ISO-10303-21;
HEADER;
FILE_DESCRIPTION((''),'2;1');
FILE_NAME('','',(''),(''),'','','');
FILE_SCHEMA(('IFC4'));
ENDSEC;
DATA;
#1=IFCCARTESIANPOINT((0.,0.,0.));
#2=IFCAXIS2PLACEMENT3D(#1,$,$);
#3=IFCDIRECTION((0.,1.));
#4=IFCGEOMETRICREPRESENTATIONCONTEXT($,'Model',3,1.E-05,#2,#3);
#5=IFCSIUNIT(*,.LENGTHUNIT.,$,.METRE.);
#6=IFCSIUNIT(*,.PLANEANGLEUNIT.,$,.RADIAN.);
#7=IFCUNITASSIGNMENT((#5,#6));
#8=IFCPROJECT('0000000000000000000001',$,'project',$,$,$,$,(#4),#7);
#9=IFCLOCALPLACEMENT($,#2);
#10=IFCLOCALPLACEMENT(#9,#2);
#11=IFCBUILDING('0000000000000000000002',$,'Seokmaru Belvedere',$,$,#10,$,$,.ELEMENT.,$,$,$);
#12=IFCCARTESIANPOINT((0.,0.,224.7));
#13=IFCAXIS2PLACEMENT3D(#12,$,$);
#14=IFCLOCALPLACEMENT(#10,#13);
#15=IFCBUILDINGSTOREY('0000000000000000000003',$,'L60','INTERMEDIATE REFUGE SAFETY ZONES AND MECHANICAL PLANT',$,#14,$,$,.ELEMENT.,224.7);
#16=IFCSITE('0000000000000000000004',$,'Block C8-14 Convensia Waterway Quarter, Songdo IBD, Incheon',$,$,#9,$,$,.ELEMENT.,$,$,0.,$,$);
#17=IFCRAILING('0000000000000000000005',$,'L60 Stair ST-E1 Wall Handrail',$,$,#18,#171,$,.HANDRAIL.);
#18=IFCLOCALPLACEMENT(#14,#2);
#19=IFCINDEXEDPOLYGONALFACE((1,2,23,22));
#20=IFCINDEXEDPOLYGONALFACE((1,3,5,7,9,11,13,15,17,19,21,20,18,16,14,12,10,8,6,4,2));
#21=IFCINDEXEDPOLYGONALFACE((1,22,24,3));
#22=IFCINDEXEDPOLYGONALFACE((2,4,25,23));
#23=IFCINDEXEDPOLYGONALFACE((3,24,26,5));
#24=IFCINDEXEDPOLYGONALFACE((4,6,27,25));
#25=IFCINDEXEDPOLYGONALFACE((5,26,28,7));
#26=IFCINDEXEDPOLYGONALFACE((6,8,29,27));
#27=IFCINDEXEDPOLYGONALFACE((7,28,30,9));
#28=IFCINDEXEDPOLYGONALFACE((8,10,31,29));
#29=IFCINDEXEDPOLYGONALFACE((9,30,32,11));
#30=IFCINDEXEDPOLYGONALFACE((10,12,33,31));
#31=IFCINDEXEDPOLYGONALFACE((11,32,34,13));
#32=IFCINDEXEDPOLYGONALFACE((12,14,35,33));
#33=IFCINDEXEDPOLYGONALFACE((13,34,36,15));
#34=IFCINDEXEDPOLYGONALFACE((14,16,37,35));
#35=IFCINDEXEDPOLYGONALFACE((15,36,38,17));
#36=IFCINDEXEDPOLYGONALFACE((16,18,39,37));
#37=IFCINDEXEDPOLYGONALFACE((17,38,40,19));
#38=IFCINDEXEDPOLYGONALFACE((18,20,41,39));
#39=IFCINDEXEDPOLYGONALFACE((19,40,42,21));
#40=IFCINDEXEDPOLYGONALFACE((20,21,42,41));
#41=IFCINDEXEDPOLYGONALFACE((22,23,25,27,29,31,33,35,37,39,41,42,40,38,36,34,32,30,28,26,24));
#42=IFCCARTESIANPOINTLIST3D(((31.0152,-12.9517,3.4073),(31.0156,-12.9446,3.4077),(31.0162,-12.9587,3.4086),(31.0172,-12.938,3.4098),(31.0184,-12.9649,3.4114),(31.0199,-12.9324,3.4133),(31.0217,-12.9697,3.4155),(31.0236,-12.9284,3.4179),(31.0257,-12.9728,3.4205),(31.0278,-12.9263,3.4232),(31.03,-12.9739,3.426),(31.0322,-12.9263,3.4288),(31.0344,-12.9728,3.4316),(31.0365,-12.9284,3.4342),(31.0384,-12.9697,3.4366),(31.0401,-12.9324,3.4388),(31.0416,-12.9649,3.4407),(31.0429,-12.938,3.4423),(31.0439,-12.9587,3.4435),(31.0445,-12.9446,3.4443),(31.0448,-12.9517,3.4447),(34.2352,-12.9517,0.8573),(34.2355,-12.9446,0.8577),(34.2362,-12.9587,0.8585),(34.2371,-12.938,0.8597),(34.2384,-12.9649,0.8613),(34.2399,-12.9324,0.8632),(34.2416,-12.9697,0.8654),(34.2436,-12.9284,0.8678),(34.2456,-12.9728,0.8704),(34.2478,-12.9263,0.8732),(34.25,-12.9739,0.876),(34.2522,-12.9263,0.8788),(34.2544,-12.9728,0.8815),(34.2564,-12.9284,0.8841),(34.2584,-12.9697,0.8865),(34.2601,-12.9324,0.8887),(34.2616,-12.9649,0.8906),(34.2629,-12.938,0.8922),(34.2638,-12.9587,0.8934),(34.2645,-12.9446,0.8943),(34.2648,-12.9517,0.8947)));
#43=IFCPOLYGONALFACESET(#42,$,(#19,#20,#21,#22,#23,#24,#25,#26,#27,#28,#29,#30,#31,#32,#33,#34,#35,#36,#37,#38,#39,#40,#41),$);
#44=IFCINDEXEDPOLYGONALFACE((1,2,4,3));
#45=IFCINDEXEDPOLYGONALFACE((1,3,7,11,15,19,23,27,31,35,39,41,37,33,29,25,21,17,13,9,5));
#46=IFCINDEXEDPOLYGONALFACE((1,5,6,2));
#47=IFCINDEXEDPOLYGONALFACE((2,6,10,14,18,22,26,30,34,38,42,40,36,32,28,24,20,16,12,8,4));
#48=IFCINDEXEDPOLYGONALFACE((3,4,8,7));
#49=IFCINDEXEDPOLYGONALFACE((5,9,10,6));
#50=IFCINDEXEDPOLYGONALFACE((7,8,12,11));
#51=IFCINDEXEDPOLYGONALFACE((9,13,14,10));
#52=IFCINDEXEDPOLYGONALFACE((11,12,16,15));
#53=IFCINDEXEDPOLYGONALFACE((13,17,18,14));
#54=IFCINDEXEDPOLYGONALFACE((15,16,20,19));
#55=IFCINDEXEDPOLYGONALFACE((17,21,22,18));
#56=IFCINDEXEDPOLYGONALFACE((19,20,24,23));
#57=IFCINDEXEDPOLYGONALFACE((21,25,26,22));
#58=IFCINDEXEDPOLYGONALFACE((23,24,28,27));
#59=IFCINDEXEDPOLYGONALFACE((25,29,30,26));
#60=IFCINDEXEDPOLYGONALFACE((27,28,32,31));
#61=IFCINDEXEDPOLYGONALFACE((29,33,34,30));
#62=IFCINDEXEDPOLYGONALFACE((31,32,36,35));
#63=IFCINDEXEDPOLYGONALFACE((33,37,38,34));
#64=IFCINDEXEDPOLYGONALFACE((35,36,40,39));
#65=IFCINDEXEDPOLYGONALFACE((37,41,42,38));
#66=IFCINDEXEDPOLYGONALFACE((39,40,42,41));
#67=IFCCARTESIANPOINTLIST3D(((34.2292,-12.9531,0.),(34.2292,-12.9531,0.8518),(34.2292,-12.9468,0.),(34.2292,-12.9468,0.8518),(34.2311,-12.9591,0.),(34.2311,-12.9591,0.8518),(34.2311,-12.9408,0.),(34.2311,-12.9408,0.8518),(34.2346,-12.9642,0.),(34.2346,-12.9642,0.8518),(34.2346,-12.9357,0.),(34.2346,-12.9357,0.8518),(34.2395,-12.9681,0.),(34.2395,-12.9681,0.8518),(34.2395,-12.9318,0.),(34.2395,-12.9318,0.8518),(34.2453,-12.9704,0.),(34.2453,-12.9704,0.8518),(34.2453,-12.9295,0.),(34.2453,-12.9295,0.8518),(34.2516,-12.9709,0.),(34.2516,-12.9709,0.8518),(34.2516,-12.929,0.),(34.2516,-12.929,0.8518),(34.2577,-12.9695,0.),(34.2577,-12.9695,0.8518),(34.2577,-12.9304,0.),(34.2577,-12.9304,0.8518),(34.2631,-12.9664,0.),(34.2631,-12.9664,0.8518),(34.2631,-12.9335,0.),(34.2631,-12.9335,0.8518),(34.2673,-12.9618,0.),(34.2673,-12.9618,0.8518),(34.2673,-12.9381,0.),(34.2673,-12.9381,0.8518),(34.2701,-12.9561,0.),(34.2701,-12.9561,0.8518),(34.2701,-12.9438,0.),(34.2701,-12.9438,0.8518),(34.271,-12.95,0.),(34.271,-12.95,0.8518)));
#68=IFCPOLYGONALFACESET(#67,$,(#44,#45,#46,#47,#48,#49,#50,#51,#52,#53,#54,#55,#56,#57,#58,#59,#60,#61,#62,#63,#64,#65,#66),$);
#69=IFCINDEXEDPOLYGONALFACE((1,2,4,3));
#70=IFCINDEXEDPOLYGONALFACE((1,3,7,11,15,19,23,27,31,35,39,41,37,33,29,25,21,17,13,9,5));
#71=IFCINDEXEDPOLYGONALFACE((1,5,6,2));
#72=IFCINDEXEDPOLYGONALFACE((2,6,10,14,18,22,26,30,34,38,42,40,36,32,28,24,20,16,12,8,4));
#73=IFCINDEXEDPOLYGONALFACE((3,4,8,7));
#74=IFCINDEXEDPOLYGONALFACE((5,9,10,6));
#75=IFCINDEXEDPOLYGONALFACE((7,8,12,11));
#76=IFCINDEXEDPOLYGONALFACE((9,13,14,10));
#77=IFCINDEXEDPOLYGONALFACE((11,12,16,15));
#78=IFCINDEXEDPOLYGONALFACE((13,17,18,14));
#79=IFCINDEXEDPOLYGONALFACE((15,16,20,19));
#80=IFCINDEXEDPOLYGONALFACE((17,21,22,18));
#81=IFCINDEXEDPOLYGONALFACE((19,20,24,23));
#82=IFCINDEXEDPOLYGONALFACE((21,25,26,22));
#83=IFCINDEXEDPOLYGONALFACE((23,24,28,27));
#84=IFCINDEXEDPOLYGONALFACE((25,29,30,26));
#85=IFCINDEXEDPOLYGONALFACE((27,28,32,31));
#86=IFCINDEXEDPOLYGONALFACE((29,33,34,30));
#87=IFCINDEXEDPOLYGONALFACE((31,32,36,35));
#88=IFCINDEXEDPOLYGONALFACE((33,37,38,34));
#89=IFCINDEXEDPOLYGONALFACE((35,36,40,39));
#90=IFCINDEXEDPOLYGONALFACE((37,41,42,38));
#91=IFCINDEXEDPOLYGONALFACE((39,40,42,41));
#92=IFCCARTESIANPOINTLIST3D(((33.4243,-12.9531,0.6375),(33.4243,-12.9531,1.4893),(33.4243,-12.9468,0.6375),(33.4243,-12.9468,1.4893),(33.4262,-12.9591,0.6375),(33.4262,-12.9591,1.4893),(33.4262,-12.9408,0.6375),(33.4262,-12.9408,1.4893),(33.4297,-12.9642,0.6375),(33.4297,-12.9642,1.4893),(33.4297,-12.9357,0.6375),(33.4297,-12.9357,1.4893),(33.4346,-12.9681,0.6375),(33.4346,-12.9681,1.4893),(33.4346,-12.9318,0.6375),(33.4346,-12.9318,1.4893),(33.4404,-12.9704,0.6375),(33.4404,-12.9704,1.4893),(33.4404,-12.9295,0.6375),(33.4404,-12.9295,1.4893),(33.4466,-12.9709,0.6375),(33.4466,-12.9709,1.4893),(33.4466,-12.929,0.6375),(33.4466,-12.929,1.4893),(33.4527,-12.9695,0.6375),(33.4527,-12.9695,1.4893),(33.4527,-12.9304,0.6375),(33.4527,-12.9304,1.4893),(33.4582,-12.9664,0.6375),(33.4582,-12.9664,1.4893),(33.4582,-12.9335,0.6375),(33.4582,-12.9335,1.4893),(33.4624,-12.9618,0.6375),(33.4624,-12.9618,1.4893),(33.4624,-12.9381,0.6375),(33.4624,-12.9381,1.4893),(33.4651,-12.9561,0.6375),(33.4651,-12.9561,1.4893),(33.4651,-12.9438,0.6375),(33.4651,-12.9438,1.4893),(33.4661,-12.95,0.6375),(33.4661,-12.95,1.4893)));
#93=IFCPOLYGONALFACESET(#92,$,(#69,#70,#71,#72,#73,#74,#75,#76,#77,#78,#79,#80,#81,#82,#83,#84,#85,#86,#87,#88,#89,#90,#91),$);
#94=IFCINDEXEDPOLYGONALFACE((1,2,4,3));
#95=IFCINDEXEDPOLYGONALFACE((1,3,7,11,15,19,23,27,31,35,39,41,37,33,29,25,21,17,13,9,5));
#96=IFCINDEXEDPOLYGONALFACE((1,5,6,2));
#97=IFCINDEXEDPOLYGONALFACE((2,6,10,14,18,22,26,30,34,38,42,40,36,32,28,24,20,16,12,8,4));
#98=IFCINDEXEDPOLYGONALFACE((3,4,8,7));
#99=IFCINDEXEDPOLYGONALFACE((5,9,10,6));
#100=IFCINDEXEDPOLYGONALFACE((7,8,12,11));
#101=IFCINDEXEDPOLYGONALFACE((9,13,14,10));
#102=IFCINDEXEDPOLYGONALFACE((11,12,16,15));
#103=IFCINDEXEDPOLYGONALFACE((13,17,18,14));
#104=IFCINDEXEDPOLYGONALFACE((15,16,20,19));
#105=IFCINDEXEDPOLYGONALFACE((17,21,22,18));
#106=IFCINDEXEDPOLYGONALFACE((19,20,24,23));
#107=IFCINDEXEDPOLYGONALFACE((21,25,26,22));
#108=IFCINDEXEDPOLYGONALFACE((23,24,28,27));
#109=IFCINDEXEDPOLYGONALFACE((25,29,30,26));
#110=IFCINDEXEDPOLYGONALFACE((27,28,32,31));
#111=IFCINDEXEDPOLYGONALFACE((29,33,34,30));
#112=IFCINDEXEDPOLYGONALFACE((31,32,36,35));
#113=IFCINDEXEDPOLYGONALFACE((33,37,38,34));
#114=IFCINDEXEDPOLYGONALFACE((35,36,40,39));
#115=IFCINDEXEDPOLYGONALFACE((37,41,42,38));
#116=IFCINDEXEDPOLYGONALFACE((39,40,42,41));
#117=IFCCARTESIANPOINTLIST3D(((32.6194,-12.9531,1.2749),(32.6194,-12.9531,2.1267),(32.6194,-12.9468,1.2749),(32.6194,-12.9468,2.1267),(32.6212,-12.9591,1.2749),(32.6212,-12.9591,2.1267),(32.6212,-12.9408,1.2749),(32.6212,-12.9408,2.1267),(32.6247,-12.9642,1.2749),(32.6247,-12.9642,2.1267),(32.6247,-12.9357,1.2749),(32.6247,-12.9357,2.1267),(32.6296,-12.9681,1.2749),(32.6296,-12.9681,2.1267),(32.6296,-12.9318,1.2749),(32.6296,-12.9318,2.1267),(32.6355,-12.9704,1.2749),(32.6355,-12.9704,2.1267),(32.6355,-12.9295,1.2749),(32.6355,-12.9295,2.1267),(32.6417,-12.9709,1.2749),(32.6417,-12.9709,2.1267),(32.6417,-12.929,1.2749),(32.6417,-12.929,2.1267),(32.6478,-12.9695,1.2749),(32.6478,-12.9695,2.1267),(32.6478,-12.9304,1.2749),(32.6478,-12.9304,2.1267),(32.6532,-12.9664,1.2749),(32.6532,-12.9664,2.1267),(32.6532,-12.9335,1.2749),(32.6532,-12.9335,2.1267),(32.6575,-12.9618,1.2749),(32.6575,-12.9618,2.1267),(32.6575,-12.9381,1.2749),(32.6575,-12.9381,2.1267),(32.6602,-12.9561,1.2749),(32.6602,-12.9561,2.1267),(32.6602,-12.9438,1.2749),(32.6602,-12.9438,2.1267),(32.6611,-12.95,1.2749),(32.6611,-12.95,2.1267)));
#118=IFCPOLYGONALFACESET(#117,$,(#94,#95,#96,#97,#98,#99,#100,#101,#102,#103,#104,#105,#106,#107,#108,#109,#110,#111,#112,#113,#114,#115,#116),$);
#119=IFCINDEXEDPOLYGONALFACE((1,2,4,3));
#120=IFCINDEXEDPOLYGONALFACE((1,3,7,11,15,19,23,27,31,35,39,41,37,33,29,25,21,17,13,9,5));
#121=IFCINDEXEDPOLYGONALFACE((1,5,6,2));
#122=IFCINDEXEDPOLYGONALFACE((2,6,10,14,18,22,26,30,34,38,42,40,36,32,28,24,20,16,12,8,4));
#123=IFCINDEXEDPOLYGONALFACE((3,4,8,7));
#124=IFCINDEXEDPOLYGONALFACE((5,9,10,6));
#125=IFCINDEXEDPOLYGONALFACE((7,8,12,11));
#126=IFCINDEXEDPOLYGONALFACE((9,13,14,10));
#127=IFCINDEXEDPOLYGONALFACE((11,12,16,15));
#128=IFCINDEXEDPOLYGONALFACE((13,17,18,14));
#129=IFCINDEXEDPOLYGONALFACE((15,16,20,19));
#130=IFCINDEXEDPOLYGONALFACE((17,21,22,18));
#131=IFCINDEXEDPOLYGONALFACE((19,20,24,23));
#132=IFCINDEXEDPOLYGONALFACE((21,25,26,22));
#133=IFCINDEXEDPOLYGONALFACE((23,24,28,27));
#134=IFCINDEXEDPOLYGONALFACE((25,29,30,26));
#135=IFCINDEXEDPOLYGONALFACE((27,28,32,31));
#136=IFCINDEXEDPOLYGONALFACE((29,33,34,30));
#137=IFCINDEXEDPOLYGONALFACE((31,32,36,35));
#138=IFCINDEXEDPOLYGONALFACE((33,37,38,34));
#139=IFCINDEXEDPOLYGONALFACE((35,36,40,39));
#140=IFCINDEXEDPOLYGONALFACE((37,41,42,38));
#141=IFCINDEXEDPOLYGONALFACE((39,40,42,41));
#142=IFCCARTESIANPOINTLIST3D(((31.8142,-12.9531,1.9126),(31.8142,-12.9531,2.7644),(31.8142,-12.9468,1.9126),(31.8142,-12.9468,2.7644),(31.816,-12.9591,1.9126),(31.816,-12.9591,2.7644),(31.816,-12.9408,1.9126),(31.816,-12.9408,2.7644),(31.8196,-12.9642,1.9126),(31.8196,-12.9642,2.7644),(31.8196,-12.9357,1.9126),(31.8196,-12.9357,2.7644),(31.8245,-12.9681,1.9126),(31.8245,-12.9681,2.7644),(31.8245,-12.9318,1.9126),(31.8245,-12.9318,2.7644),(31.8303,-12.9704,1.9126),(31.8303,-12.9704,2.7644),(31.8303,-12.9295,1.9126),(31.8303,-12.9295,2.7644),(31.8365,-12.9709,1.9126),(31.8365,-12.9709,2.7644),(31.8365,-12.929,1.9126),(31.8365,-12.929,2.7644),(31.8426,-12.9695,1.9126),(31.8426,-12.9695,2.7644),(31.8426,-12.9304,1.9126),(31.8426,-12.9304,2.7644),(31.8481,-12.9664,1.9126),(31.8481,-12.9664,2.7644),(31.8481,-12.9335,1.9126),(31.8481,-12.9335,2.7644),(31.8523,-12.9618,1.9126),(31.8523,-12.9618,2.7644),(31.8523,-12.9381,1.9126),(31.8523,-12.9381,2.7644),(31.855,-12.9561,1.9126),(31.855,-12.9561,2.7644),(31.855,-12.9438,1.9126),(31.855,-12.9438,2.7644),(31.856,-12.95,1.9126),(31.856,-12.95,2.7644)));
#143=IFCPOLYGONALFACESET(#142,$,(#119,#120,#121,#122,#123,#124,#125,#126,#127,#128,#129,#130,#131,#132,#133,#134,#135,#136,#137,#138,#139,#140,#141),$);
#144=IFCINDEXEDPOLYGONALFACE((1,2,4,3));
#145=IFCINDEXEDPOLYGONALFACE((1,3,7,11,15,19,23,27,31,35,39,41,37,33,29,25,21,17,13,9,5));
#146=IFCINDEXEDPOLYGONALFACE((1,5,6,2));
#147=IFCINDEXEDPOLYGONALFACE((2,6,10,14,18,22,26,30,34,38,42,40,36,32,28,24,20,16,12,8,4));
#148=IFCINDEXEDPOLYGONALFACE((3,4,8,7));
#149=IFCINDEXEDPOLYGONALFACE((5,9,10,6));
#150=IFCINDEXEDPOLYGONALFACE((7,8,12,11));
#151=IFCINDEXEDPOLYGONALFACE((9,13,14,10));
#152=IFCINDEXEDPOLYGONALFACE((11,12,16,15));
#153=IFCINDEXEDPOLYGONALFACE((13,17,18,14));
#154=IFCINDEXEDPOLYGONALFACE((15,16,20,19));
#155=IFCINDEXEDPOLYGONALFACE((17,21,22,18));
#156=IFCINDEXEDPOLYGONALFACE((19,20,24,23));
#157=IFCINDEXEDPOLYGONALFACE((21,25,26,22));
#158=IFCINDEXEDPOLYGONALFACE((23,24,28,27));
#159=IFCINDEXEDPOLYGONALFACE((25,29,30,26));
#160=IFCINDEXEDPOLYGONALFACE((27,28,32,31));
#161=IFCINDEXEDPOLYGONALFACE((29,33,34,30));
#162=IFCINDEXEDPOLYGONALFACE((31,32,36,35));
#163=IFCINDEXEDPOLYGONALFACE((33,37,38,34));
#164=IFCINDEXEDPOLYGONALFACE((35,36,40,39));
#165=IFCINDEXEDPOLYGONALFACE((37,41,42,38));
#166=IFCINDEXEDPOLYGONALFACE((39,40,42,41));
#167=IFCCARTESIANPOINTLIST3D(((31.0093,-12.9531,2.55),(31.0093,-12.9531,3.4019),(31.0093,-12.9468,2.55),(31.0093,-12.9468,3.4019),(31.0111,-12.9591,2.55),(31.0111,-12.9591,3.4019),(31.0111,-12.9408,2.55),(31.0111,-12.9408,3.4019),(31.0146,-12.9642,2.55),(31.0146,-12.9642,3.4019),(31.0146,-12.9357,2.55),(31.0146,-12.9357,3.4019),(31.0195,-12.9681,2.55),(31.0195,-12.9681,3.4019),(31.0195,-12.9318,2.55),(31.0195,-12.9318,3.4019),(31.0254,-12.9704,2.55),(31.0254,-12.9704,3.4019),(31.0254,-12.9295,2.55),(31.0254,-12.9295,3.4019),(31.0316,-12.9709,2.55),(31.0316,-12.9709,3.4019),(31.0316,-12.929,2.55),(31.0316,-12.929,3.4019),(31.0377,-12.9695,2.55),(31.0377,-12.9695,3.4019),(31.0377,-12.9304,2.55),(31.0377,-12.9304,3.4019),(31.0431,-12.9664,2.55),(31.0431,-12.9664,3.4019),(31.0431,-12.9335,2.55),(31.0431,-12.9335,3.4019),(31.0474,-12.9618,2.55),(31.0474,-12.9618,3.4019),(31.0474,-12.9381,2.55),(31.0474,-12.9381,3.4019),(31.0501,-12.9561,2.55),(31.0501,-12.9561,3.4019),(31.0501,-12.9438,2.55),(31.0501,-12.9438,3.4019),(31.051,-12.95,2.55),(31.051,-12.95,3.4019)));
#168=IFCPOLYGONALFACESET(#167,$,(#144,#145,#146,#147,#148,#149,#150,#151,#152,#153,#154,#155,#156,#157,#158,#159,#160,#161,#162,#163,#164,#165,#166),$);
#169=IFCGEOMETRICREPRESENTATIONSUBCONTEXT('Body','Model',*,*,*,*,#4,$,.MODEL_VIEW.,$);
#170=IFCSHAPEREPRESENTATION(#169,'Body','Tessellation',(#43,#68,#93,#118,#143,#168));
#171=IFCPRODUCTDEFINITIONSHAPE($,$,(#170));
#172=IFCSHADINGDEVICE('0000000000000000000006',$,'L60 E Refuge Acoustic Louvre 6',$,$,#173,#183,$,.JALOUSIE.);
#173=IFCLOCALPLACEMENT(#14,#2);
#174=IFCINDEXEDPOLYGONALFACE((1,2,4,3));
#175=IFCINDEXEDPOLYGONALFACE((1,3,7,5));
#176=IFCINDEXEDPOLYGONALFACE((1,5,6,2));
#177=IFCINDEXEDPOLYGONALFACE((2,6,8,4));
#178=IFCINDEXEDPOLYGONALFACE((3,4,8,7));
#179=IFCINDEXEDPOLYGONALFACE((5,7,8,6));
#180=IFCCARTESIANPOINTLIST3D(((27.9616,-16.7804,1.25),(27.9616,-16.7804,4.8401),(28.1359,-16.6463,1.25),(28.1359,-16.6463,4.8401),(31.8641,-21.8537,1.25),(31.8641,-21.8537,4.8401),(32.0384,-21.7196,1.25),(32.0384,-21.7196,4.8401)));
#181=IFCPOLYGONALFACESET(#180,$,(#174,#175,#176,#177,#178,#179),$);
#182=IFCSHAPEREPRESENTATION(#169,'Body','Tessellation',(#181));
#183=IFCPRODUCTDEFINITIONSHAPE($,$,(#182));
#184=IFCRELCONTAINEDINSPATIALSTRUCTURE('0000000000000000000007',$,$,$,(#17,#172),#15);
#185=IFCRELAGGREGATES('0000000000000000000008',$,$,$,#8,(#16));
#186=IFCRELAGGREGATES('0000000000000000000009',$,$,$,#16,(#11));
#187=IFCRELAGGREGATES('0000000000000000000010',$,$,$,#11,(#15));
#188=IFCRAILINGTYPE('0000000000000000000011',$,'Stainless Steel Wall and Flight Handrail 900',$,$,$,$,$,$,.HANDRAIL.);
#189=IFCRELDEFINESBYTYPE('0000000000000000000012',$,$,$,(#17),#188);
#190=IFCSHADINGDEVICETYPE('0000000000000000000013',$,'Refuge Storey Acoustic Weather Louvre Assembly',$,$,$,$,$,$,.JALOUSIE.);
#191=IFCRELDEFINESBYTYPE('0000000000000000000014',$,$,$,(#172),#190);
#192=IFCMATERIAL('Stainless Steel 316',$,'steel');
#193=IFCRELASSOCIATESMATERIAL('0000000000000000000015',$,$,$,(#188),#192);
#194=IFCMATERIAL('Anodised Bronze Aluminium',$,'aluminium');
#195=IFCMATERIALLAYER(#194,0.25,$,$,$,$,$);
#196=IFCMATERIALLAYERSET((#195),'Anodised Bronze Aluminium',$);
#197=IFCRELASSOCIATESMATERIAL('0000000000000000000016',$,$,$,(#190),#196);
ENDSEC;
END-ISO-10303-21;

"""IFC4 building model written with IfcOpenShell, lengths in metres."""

from ifc_helpers import new_model, si_unit, direction, frame, origin, origin_2d, place, context, subcontext, project, spatial, rectangle, circle, extrude, source, transform, mapped, material, layer, layer_set, type_object, type_shapes, element, save


model = new_model("IFC4")

# Units and contexts
model_context = context("Model", 3, precision=1e-05, world=origin(), true_north=direction((0.0, 1.0)))
body_context = subcontext(model_context, "Body", "Model", "MODEL_VIEW")
ifc_project = project(units=[si_unit("LENGTHUNIT", "METRE"), si_unit("PLANEANGLEUNIT", "RADIAN")], contexts=[model_context])

# Site, building, storey
site_placement = place(None, origin())
site = spatial("IfcSite", under=ifc_project, at=site_placement, Name="Block C8-14 Convensia Waterway Quarter, Songdo IBD, Incheon", CompositionType="ELEMENT", RefElevation=0.0)
building_placement = place(site_placement, origin())
building = spatial("IfcBuilding", under=site, at=building_placement, Name="Seokmaru Belvedere", CompositionType="ELEMENT")
storey_placement = place(building_placement, frame((0.0, 0.0, 224.7)))
storey = spatial("IfcBuildingStorey", under=building, at=storey_placement, Name="L60", Description="INTERMEDIATE REFUGE SAFETY ZONES AND MECHANICAL PLANT", CompositionType="ELEMENT", Elevation=224.7)

# Shared definitions
ifc_material_1 = material(Name="Stainless Steel 316", Category="steel")

# Railing
railing_type_1 = type_object("IfcRailingType", Name="Stainless Steel Wall and Flight Handrail 900", PredefinedType="HANDRAIL", material=ifc_material_1)
railing_1_placement = place(storey_placement, frame((34.25, -12.95, 0.0)))
element("IfcRailing", 1, at=railing_1_placement, inside=storey, type_object=railing_type_1, Name="L60 Stair ST-E1 Wall Handrail", PredefinedType="HANDRAIL", context=body_context, shape_type="SweptSolid", body=[
    extrude(circle(Radius=0.0239, at=origin_2d()), frame((0.0, 0.0, 0.876), z_axis=(-0.783939, 0.0, 0.620838), x_axis=(0.0, -1.0, 0.0)), (0.0, 0.0, 1.0), 4.1074),
    extrude(circle(Radius=0.021, at=origin_2d()), origin(), (0.0, 0.0, 1.0), 0.8518),
    extrude(circle(Radius=0.021, at=origin_2d()), frame((-0.8049, 0.0, 0.6375)), (0.0, 0.0, 1.0), 0.8518),
    extrude(circle(Radius=0.021, at=origin_2d()), frame((-1.6099, 0.0, 1.2749)), (0.0, 0.0, 1.0), 0.8518),
    extrude(circle(Radius=0.021, at=origin_2d()), frame((-2.415, 0.0, 1.9126)), (0.0, 0.0, 1.0), 0.8518),
    extrude(circle(Radius=0.021, at=origin_2d()), frame((-3.22, 0.0, 2.55)), (0.0, 0.0, 1.0), 0.8518),
])

# Shading device
ifc_material_2 = material(Name="Anodised Bronze Aluminium", Category="aluminium")
ifc_layer_1 = layer(ifc_material_2, 0.25)
ifc_layer_set_1 = layer_set([ifc_layer_1], Name="Anodised Bronze Aluminium")
shading_device_type = type_object("IfcShadingDeviceType", Name="Refuge Storey Acoustic Weather Louvre Assembly", PredefinedType="JALOUSIE", material=ifc_layer_set_1)
shared_shape_1 = source(origin(), body_context, "Body", "SweptSolid", [
    extrude(rectangle(XDim=6.4006, YDim=0.22, at=origin_2d()), origin(), (0.0, 0.0, 1.0), 3.5901),
])
type_shapes(shading_device_type, [shared_shape_1])
shading_device_placement = place(storey_placement, frame((30.0, -19.25, 1.25), z_axis=(0.0, 0.0, 1.0), x_axis=(0.609711, -0.792624, 0.0)))
element("IfcShadingDevice", 2, at=shading_device_placement, inside=storey, type_object=shading_device_type, Name="L60 E Refuge Acoustic Louvre 6", PredefinedType="JALOUSIE", context=body_context, shape_type="MappedRepresentation", body=[
    mapped(shared_shape_1, transform((0.0, 0.0, 0.0), scale=1.0)),
])

save(model, "model.ifc")
